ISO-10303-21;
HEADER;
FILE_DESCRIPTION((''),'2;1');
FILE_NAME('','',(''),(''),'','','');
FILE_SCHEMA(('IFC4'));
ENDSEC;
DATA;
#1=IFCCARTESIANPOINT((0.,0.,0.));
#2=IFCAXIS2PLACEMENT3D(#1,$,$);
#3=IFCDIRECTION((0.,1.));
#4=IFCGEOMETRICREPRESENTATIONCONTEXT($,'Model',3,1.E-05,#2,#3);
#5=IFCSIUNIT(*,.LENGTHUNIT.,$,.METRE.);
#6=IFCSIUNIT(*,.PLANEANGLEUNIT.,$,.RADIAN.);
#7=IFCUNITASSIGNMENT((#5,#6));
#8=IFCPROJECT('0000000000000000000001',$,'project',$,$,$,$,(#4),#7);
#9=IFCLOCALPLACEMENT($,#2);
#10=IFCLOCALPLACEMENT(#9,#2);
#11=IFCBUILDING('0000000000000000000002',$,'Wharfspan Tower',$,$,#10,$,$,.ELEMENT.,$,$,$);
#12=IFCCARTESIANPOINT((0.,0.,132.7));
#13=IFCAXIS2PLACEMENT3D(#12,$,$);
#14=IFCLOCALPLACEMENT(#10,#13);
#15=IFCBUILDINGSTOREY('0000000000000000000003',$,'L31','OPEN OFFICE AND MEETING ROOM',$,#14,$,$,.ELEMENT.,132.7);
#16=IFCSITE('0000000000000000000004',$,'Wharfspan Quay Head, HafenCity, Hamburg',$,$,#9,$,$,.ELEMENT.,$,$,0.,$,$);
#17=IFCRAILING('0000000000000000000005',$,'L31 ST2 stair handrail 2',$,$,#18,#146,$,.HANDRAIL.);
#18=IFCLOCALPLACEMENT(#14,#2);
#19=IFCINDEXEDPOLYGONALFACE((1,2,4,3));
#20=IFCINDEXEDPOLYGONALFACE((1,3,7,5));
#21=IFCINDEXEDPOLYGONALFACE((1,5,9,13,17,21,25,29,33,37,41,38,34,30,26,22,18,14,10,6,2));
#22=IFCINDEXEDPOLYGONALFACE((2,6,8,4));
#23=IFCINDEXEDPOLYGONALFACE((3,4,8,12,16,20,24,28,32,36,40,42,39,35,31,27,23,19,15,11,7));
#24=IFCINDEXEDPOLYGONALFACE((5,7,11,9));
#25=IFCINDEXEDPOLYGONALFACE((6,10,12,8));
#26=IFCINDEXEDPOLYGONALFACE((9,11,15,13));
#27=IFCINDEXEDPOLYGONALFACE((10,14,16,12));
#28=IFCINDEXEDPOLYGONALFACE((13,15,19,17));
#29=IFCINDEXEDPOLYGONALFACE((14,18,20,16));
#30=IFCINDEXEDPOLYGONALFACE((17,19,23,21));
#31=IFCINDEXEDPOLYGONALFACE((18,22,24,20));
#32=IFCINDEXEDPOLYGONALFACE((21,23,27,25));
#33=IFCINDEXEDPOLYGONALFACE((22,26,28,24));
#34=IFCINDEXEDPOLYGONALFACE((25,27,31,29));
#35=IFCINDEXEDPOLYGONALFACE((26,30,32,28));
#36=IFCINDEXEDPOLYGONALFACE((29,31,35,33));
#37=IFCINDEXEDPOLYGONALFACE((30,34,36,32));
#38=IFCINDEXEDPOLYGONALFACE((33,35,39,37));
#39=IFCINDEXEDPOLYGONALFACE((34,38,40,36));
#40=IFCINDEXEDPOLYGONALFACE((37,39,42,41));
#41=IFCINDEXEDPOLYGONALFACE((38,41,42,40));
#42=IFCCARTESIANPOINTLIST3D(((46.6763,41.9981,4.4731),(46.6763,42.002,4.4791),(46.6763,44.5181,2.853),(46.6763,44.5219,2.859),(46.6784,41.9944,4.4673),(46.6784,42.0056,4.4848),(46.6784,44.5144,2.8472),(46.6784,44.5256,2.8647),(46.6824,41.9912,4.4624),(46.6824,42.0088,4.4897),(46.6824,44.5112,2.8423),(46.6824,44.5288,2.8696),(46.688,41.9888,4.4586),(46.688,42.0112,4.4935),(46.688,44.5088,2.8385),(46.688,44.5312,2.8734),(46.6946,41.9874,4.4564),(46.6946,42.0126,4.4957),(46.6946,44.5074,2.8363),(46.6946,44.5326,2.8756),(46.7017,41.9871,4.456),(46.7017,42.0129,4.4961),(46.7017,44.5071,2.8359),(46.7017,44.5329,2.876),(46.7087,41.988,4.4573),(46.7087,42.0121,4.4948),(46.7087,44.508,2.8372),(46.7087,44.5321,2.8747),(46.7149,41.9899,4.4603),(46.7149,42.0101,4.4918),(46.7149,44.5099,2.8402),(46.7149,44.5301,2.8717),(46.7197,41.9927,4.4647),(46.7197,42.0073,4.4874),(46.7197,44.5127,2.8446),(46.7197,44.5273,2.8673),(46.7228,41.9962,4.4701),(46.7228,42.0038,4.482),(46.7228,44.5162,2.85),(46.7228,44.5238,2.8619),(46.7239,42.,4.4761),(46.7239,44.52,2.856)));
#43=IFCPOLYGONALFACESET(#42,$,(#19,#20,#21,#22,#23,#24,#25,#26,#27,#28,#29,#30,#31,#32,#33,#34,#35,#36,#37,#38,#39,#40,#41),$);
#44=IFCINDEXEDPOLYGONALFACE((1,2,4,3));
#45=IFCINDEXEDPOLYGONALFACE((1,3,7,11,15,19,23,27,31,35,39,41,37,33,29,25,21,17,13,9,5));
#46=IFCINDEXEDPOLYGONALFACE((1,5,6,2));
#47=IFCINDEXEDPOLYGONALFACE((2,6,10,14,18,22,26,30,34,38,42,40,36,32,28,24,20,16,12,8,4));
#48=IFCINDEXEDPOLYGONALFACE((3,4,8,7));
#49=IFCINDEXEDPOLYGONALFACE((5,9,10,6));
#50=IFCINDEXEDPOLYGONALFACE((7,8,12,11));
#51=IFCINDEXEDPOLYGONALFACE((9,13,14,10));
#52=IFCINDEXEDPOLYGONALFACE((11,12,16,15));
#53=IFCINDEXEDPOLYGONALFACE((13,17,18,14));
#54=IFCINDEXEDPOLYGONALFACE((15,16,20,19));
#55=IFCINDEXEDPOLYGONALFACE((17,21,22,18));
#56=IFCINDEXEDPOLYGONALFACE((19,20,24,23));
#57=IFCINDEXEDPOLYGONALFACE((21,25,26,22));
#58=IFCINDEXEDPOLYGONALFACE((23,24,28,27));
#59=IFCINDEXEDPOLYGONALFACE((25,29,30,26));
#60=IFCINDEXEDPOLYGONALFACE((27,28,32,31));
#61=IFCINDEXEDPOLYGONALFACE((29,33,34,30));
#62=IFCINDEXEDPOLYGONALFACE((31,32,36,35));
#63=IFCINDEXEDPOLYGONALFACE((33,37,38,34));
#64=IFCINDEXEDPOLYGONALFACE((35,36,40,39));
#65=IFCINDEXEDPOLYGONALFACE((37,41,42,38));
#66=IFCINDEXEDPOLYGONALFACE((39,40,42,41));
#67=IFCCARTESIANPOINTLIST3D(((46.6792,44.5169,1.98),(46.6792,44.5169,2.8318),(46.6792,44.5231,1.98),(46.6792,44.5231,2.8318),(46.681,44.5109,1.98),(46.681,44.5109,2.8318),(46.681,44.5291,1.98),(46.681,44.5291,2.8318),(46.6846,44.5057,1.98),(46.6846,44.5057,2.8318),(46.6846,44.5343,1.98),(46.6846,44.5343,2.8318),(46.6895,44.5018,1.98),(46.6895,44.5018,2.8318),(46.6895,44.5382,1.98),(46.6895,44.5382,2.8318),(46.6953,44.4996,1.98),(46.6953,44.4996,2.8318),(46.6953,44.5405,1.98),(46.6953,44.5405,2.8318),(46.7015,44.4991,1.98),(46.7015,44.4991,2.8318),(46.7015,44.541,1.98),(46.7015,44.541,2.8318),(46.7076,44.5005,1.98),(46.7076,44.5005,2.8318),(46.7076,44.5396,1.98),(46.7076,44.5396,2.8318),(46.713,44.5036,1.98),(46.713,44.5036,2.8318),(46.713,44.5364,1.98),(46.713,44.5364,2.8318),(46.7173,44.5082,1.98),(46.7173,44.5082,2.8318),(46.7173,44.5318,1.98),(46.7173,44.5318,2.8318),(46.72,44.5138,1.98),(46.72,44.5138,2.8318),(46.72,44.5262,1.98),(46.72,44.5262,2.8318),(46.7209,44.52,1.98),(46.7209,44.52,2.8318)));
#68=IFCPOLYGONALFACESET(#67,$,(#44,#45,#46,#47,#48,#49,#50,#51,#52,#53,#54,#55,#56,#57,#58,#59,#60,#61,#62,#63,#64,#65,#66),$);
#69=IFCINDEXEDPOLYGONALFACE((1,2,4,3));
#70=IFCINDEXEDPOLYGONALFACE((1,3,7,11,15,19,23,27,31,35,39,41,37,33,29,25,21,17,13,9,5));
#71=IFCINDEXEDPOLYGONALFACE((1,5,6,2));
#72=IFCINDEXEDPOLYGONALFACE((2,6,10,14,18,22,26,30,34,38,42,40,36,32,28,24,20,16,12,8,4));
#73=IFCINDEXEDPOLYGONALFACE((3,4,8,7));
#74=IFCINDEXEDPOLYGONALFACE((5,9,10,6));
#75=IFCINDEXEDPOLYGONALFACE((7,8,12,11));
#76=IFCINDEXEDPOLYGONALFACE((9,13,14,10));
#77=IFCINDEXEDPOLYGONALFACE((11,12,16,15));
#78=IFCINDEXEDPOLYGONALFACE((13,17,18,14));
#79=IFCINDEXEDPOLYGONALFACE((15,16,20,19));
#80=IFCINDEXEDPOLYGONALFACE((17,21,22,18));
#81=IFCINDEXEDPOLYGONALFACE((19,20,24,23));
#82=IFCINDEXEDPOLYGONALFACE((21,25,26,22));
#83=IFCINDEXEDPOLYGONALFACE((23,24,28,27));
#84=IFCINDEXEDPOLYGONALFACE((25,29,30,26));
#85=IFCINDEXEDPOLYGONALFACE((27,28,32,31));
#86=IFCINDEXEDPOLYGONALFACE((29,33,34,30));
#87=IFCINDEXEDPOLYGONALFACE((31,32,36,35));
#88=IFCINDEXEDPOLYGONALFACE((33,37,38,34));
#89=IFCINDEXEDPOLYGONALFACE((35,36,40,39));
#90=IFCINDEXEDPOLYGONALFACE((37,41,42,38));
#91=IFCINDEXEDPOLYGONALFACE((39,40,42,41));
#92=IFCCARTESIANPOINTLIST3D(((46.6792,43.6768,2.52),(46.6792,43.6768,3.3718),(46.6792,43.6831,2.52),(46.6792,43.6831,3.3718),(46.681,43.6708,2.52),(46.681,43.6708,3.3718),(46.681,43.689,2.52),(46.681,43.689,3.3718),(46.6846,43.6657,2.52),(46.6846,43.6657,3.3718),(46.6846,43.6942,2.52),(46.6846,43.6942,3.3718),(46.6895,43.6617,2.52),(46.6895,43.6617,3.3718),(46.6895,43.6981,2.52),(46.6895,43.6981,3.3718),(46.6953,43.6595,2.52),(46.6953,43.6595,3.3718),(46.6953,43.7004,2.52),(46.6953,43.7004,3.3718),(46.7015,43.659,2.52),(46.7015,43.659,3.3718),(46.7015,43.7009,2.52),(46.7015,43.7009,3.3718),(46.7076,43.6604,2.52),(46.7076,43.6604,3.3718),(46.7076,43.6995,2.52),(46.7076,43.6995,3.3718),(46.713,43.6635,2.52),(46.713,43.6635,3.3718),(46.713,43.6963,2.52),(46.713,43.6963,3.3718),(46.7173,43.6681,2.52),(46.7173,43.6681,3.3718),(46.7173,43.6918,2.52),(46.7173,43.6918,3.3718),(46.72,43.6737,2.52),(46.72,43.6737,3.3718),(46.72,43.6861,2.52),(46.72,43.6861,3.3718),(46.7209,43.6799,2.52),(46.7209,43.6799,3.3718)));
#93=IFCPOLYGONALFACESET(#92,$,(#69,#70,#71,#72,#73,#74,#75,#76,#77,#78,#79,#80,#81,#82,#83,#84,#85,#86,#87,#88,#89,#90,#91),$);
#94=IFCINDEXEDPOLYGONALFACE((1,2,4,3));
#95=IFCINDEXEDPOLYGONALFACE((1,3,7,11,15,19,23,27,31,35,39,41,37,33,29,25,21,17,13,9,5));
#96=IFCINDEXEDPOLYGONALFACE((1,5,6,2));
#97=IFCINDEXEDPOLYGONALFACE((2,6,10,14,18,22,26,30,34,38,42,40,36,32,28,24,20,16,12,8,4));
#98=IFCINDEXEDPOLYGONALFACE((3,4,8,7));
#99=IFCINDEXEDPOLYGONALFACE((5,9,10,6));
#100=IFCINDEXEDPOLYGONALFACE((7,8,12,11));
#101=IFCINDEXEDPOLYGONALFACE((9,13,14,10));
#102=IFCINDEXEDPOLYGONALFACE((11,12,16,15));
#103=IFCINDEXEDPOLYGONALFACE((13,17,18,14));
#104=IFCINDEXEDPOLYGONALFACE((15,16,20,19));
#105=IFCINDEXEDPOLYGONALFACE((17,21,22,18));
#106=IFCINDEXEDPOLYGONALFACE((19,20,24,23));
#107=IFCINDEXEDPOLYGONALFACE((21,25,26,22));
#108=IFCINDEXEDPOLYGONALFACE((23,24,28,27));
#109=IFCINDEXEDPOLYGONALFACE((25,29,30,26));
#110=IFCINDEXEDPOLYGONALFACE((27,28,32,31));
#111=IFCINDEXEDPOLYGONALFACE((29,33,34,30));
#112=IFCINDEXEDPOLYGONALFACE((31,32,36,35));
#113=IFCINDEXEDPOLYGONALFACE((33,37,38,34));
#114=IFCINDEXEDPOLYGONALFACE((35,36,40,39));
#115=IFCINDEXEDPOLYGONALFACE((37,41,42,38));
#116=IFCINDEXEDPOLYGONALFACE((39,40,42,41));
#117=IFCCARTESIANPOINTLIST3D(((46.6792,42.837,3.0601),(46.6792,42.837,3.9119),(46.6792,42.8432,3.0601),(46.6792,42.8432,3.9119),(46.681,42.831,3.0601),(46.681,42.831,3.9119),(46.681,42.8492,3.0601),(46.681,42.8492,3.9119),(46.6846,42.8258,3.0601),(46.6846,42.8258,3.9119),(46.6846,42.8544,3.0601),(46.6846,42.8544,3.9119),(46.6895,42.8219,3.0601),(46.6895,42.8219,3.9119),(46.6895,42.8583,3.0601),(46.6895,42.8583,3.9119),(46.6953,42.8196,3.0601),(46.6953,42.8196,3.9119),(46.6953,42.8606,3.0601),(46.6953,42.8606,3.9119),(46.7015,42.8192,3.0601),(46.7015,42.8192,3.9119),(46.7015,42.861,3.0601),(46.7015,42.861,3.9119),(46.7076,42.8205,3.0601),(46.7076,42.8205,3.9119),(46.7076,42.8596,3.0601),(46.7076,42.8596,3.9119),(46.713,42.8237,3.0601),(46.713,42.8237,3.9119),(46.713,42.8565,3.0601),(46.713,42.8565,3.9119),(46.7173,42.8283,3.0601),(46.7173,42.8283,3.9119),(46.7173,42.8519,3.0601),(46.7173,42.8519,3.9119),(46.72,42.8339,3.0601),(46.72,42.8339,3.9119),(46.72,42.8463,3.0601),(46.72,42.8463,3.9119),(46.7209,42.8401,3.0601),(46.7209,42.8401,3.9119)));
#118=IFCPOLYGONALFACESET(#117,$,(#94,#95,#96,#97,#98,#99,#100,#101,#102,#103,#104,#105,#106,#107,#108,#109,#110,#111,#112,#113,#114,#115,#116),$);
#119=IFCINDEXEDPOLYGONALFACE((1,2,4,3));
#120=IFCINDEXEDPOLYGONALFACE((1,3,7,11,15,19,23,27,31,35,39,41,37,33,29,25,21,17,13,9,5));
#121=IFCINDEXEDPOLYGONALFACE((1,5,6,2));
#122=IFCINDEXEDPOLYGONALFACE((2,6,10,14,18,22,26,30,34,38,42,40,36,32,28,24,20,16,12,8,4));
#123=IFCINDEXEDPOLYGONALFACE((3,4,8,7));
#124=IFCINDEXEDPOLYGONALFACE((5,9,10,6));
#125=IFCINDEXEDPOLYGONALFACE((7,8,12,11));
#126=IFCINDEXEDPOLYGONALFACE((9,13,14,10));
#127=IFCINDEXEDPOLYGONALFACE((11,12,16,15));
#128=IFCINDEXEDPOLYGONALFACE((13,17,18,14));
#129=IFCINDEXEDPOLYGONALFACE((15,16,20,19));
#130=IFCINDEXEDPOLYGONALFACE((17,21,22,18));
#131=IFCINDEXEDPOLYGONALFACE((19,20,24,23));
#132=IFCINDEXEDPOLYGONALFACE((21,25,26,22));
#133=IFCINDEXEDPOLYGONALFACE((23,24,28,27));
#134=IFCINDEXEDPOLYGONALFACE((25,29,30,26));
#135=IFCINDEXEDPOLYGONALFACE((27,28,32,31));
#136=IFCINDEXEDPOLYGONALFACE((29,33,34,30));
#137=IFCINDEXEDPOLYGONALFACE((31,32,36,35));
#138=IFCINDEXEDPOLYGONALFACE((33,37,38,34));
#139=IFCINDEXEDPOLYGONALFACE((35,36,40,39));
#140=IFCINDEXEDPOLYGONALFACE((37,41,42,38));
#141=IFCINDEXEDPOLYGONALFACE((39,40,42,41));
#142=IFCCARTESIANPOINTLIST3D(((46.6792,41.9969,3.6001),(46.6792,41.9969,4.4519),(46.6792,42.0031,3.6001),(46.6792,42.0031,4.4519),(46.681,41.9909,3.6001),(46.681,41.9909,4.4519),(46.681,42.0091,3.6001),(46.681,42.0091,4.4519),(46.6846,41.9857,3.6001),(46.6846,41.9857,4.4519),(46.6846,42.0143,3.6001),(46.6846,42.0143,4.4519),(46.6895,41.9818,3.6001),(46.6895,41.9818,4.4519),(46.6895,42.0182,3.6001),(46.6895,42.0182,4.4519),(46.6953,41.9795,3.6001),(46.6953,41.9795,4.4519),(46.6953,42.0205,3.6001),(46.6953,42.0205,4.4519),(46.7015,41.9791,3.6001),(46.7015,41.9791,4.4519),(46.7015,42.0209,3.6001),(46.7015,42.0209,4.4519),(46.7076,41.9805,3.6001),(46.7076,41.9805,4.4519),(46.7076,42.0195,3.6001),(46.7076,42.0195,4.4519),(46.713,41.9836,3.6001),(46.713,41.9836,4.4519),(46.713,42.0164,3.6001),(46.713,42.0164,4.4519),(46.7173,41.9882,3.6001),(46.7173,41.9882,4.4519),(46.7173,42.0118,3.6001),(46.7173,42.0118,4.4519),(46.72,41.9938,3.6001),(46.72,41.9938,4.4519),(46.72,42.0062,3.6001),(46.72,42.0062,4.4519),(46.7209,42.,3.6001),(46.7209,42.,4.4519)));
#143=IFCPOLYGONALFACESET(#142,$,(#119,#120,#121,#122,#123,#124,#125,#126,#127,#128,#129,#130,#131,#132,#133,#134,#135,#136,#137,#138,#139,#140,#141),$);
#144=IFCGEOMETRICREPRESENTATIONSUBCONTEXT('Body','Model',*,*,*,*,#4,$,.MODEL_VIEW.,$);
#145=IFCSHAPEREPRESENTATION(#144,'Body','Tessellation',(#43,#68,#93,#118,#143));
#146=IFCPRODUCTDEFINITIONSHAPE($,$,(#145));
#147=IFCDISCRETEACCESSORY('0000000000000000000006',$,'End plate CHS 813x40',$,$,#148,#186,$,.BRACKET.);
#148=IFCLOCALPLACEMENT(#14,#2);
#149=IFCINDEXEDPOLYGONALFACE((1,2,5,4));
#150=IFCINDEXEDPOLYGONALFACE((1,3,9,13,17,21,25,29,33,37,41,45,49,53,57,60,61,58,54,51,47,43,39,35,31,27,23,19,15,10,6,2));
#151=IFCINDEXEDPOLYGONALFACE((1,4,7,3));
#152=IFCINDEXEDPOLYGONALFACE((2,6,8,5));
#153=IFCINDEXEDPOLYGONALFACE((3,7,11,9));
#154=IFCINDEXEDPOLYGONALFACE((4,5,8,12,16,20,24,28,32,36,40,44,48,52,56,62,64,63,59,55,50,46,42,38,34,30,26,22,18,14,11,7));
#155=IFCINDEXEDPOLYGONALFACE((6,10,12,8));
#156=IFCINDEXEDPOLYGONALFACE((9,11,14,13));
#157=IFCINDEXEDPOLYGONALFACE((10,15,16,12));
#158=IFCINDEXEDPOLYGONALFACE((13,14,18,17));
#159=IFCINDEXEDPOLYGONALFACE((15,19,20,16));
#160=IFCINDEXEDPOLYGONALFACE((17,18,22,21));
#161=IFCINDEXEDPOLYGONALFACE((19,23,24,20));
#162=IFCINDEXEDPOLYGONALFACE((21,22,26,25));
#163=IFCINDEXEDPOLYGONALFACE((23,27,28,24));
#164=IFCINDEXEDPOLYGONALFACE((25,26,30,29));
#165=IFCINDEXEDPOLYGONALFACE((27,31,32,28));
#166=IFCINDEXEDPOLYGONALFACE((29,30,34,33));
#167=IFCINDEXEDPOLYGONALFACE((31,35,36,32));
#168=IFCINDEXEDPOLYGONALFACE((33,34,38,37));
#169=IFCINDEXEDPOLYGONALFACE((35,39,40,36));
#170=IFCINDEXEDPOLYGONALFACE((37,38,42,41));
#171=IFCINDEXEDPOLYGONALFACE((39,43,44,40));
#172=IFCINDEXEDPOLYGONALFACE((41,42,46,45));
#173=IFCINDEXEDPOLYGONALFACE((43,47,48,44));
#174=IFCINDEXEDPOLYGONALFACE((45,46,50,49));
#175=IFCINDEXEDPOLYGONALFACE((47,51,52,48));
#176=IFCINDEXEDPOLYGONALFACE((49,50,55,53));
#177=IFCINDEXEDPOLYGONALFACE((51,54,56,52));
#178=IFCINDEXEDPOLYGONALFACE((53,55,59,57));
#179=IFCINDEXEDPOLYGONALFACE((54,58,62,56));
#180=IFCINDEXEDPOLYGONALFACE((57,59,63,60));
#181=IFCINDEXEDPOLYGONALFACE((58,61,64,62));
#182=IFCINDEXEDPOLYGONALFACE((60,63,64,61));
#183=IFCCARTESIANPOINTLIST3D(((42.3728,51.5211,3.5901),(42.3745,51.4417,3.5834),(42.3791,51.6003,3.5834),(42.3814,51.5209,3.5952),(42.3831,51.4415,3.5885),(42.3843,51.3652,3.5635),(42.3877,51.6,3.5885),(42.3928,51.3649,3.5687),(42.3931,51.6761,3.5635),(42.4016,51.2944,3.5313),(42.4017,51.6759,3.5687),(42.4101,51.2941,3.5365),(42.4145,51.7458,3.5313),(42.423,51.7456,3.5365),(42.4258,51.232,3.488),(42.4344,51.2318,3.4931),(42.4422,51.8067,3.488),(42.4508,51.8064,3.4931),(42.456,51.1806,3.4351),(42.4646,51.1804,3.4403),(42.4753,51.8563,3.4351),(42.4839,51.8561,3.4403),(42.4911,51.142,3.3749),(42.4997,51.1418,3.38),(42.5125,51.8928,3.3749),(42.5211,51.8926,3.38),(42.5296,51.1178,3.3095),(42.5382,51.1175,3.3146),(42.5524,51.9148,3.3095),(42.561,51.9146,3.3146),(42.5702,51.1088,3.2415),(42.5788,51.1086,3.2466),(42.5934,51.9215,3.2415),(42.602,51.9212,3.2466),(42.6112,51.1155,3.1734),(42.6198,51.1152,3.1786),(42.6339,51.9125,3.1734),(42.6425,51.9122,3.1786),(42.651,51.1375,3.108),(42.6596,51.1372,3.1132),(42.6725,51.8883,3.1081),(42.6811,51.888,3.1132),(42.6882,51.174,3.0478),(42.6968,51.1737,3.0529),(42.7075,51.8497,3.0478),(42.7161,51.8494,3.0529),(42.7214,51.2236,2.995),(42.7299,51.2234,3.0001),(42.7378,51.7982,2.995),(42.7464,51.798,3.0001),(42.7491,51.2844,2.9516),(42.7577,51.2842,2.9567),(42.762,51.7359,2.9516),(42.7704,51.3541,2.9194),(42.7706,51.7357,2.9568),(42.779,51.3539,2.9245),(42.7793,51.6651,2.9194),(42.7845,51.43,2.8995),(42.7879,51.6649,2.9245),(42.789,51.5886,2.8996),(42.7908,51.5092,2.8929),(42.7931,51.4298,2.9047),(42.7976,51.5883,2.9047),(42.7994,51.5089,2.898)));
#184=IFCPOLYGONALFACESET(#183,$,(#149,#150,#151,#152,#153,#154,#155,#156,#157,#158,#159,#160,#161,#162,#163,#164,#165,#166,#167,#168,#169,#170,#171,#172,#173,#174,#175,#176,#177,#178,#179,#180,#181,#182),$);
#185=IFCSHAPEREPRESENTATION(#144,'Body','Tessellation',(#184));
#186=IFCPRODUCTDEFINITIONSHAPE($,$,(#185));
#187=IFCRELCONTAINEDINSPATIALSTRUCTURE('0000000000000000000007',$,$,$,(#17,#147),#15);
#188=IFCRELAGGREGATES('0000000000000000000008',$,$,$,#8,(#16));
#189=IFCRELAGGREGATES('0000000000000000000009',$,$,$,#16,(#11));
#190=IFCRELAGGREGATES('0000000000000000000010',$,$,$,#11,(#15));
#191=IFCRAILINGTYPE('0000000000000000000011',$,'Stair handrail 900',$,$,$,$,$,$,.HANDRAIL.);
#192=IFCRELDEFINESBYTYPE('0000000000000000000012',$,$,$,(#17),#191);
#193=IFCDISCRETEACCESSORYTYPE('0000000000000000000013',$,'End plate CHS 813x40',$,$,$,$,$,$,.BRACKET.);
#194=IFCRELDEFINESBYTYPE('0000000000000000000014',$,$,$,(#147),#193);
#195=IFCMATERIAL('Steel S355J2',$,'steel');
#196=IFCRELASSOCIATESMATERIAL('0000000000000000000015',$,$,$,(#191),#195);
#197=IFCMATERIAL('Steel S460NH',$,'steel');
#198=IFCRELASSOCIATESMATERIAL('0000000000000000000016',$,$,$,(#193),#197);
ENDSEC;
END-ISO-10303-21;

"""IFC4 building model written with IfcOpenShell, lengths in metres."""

from ifc_helpers import new_model, si_unit, direction, frame, origin, origin_2d, place, context, subcontext, project, spatial, circle, extrude, material, material_profile, profile_set, type_object, element, save


model = new_model("IFC4")

# Units and contexts
model_context = context("Model", 3, precision=1e-05, world=origin(), true_north=direction((0.0, 1.0)))
body_context = subcontext(model_context, "Body", "Model", "MODEL_VIEW")
ifc_project = project(units=[si_unit("LENGTHUNIT", "METRE"), si_unit("PLANEANGLEUNIT", "RADIAN")], contexts=[model_context])

# Site, building, storey
site_placement = place(None, origin())
site = spatial("IfcSite", under=ifc_project, at=site_placement, Name="Wharfspan Quay Head, HafenCity, Hamburg", CompositionType="ELEMENT", RefElevation=0.0)
building_placement = place(site_placement, origin())
building = spatial("IfcBuilding", under=site, at=building_placement, Name="Wharfspan Tower", CompositionType="ELEMENT")
storey_placement = place(building_placement, frame((0.0, 0.0, 132.7)))
storey = spatial("IfcBuildingStorey", under=building, at=storey_placement, Name="L31", Description="OPEN OFFICE AND MEETING ROOM", CompositionType="ELEMENT", Elevation=132.7)

# Shared definitions
ifc_material_1 = material(Name="Steel S355J2", Category="steel")

# Shared definitions
ifc_material_2 = material(Name="Steel S460NH", Category="steel")

# Railing
railing_type_1 = type_object("IfcRailingType", Name="Stair handrail 900", PredefinedType="HANDRAIL", material=ifc_material_1)
railing_1_placement = place(storey_placement, frame((46.7, 44.52, 1.98)))
element("IfcRailing", 1, at=railing_1_placement, inside=storey, type_object=railing_type_1, Name="L31 ST2 stair handrail 2", PredefinedType="HANDRAIL", context=body_context, shape_type="SweptSolid", body=[
    extrude(circle(Radius=0.0239, at=origin_2d()), frame((0.0, 0.0, 0.876), z_axis=(0.0, -0.841163, 0.540782), x_axis=(1.0, 0.0, 0.0)), (0.0, 0.0, 1.0), 2.9958),
    extrude(circle(Radius=0.021, at=origin_2d()), origin(), (0.0, 0.0, 1.0), 0.8518),
    extrude(circle(Radius=0.021, at=origin_2d()), frame((0.0, -0.8401, 0.54)), (0.0, 0.0, 1.0), 0.8518),
    extrude(circle(Radius=0.021, at=origin_2d()), frame((0.0, -1.6799, 1.0801)), (0.0, 0.0, 1.0), 0.8518),
    extrude(circle(Radius=0.021, at=origin_2d()), frame((0.0, -2.52, 1.6201)), (0.0, 0.0, 1.0), 0.8518),
])

# Discrete accessory
ifc_material_profile_1 = material_profile(ifc_material_2, circle(Radius=0.4065, at=origin_2d()))
ifc_profile_set_1 = profile_set([ifc_material_profile_1], Name="Steel S460NH")
discrete_accessory_type = type_object("IfcDiscreteAccessoryType", Name="End plate CHS 813x40", PredefinedType="BRACKET", material=ifc_profile_set_1)
for number, where, z_axis, x_axis, name in (
    (2, (42.5818, 51.5151, 3.2415), (0.857236, -0.024492, 0.514341), (0.028558, 0.999591, 0.000002), "End plate CHS 813x40"),
):
    element("IfcDiscreteAccessory", number, at=place(storey_placement, frame(where, z_axis=z_axis, x_axis=x_axis)), inside=storey, type_object=discrete_accessory_type, Name=name, PredefinedType="BRACKET", context=body_context, shape_type="SweptSolid", body=[
        extrude(circle(Radius=0.4065, at=origin_2d()), origin(), (0.0, 0.0, 1.0), 0.01),
    ])

save(model, "model.ifc")
